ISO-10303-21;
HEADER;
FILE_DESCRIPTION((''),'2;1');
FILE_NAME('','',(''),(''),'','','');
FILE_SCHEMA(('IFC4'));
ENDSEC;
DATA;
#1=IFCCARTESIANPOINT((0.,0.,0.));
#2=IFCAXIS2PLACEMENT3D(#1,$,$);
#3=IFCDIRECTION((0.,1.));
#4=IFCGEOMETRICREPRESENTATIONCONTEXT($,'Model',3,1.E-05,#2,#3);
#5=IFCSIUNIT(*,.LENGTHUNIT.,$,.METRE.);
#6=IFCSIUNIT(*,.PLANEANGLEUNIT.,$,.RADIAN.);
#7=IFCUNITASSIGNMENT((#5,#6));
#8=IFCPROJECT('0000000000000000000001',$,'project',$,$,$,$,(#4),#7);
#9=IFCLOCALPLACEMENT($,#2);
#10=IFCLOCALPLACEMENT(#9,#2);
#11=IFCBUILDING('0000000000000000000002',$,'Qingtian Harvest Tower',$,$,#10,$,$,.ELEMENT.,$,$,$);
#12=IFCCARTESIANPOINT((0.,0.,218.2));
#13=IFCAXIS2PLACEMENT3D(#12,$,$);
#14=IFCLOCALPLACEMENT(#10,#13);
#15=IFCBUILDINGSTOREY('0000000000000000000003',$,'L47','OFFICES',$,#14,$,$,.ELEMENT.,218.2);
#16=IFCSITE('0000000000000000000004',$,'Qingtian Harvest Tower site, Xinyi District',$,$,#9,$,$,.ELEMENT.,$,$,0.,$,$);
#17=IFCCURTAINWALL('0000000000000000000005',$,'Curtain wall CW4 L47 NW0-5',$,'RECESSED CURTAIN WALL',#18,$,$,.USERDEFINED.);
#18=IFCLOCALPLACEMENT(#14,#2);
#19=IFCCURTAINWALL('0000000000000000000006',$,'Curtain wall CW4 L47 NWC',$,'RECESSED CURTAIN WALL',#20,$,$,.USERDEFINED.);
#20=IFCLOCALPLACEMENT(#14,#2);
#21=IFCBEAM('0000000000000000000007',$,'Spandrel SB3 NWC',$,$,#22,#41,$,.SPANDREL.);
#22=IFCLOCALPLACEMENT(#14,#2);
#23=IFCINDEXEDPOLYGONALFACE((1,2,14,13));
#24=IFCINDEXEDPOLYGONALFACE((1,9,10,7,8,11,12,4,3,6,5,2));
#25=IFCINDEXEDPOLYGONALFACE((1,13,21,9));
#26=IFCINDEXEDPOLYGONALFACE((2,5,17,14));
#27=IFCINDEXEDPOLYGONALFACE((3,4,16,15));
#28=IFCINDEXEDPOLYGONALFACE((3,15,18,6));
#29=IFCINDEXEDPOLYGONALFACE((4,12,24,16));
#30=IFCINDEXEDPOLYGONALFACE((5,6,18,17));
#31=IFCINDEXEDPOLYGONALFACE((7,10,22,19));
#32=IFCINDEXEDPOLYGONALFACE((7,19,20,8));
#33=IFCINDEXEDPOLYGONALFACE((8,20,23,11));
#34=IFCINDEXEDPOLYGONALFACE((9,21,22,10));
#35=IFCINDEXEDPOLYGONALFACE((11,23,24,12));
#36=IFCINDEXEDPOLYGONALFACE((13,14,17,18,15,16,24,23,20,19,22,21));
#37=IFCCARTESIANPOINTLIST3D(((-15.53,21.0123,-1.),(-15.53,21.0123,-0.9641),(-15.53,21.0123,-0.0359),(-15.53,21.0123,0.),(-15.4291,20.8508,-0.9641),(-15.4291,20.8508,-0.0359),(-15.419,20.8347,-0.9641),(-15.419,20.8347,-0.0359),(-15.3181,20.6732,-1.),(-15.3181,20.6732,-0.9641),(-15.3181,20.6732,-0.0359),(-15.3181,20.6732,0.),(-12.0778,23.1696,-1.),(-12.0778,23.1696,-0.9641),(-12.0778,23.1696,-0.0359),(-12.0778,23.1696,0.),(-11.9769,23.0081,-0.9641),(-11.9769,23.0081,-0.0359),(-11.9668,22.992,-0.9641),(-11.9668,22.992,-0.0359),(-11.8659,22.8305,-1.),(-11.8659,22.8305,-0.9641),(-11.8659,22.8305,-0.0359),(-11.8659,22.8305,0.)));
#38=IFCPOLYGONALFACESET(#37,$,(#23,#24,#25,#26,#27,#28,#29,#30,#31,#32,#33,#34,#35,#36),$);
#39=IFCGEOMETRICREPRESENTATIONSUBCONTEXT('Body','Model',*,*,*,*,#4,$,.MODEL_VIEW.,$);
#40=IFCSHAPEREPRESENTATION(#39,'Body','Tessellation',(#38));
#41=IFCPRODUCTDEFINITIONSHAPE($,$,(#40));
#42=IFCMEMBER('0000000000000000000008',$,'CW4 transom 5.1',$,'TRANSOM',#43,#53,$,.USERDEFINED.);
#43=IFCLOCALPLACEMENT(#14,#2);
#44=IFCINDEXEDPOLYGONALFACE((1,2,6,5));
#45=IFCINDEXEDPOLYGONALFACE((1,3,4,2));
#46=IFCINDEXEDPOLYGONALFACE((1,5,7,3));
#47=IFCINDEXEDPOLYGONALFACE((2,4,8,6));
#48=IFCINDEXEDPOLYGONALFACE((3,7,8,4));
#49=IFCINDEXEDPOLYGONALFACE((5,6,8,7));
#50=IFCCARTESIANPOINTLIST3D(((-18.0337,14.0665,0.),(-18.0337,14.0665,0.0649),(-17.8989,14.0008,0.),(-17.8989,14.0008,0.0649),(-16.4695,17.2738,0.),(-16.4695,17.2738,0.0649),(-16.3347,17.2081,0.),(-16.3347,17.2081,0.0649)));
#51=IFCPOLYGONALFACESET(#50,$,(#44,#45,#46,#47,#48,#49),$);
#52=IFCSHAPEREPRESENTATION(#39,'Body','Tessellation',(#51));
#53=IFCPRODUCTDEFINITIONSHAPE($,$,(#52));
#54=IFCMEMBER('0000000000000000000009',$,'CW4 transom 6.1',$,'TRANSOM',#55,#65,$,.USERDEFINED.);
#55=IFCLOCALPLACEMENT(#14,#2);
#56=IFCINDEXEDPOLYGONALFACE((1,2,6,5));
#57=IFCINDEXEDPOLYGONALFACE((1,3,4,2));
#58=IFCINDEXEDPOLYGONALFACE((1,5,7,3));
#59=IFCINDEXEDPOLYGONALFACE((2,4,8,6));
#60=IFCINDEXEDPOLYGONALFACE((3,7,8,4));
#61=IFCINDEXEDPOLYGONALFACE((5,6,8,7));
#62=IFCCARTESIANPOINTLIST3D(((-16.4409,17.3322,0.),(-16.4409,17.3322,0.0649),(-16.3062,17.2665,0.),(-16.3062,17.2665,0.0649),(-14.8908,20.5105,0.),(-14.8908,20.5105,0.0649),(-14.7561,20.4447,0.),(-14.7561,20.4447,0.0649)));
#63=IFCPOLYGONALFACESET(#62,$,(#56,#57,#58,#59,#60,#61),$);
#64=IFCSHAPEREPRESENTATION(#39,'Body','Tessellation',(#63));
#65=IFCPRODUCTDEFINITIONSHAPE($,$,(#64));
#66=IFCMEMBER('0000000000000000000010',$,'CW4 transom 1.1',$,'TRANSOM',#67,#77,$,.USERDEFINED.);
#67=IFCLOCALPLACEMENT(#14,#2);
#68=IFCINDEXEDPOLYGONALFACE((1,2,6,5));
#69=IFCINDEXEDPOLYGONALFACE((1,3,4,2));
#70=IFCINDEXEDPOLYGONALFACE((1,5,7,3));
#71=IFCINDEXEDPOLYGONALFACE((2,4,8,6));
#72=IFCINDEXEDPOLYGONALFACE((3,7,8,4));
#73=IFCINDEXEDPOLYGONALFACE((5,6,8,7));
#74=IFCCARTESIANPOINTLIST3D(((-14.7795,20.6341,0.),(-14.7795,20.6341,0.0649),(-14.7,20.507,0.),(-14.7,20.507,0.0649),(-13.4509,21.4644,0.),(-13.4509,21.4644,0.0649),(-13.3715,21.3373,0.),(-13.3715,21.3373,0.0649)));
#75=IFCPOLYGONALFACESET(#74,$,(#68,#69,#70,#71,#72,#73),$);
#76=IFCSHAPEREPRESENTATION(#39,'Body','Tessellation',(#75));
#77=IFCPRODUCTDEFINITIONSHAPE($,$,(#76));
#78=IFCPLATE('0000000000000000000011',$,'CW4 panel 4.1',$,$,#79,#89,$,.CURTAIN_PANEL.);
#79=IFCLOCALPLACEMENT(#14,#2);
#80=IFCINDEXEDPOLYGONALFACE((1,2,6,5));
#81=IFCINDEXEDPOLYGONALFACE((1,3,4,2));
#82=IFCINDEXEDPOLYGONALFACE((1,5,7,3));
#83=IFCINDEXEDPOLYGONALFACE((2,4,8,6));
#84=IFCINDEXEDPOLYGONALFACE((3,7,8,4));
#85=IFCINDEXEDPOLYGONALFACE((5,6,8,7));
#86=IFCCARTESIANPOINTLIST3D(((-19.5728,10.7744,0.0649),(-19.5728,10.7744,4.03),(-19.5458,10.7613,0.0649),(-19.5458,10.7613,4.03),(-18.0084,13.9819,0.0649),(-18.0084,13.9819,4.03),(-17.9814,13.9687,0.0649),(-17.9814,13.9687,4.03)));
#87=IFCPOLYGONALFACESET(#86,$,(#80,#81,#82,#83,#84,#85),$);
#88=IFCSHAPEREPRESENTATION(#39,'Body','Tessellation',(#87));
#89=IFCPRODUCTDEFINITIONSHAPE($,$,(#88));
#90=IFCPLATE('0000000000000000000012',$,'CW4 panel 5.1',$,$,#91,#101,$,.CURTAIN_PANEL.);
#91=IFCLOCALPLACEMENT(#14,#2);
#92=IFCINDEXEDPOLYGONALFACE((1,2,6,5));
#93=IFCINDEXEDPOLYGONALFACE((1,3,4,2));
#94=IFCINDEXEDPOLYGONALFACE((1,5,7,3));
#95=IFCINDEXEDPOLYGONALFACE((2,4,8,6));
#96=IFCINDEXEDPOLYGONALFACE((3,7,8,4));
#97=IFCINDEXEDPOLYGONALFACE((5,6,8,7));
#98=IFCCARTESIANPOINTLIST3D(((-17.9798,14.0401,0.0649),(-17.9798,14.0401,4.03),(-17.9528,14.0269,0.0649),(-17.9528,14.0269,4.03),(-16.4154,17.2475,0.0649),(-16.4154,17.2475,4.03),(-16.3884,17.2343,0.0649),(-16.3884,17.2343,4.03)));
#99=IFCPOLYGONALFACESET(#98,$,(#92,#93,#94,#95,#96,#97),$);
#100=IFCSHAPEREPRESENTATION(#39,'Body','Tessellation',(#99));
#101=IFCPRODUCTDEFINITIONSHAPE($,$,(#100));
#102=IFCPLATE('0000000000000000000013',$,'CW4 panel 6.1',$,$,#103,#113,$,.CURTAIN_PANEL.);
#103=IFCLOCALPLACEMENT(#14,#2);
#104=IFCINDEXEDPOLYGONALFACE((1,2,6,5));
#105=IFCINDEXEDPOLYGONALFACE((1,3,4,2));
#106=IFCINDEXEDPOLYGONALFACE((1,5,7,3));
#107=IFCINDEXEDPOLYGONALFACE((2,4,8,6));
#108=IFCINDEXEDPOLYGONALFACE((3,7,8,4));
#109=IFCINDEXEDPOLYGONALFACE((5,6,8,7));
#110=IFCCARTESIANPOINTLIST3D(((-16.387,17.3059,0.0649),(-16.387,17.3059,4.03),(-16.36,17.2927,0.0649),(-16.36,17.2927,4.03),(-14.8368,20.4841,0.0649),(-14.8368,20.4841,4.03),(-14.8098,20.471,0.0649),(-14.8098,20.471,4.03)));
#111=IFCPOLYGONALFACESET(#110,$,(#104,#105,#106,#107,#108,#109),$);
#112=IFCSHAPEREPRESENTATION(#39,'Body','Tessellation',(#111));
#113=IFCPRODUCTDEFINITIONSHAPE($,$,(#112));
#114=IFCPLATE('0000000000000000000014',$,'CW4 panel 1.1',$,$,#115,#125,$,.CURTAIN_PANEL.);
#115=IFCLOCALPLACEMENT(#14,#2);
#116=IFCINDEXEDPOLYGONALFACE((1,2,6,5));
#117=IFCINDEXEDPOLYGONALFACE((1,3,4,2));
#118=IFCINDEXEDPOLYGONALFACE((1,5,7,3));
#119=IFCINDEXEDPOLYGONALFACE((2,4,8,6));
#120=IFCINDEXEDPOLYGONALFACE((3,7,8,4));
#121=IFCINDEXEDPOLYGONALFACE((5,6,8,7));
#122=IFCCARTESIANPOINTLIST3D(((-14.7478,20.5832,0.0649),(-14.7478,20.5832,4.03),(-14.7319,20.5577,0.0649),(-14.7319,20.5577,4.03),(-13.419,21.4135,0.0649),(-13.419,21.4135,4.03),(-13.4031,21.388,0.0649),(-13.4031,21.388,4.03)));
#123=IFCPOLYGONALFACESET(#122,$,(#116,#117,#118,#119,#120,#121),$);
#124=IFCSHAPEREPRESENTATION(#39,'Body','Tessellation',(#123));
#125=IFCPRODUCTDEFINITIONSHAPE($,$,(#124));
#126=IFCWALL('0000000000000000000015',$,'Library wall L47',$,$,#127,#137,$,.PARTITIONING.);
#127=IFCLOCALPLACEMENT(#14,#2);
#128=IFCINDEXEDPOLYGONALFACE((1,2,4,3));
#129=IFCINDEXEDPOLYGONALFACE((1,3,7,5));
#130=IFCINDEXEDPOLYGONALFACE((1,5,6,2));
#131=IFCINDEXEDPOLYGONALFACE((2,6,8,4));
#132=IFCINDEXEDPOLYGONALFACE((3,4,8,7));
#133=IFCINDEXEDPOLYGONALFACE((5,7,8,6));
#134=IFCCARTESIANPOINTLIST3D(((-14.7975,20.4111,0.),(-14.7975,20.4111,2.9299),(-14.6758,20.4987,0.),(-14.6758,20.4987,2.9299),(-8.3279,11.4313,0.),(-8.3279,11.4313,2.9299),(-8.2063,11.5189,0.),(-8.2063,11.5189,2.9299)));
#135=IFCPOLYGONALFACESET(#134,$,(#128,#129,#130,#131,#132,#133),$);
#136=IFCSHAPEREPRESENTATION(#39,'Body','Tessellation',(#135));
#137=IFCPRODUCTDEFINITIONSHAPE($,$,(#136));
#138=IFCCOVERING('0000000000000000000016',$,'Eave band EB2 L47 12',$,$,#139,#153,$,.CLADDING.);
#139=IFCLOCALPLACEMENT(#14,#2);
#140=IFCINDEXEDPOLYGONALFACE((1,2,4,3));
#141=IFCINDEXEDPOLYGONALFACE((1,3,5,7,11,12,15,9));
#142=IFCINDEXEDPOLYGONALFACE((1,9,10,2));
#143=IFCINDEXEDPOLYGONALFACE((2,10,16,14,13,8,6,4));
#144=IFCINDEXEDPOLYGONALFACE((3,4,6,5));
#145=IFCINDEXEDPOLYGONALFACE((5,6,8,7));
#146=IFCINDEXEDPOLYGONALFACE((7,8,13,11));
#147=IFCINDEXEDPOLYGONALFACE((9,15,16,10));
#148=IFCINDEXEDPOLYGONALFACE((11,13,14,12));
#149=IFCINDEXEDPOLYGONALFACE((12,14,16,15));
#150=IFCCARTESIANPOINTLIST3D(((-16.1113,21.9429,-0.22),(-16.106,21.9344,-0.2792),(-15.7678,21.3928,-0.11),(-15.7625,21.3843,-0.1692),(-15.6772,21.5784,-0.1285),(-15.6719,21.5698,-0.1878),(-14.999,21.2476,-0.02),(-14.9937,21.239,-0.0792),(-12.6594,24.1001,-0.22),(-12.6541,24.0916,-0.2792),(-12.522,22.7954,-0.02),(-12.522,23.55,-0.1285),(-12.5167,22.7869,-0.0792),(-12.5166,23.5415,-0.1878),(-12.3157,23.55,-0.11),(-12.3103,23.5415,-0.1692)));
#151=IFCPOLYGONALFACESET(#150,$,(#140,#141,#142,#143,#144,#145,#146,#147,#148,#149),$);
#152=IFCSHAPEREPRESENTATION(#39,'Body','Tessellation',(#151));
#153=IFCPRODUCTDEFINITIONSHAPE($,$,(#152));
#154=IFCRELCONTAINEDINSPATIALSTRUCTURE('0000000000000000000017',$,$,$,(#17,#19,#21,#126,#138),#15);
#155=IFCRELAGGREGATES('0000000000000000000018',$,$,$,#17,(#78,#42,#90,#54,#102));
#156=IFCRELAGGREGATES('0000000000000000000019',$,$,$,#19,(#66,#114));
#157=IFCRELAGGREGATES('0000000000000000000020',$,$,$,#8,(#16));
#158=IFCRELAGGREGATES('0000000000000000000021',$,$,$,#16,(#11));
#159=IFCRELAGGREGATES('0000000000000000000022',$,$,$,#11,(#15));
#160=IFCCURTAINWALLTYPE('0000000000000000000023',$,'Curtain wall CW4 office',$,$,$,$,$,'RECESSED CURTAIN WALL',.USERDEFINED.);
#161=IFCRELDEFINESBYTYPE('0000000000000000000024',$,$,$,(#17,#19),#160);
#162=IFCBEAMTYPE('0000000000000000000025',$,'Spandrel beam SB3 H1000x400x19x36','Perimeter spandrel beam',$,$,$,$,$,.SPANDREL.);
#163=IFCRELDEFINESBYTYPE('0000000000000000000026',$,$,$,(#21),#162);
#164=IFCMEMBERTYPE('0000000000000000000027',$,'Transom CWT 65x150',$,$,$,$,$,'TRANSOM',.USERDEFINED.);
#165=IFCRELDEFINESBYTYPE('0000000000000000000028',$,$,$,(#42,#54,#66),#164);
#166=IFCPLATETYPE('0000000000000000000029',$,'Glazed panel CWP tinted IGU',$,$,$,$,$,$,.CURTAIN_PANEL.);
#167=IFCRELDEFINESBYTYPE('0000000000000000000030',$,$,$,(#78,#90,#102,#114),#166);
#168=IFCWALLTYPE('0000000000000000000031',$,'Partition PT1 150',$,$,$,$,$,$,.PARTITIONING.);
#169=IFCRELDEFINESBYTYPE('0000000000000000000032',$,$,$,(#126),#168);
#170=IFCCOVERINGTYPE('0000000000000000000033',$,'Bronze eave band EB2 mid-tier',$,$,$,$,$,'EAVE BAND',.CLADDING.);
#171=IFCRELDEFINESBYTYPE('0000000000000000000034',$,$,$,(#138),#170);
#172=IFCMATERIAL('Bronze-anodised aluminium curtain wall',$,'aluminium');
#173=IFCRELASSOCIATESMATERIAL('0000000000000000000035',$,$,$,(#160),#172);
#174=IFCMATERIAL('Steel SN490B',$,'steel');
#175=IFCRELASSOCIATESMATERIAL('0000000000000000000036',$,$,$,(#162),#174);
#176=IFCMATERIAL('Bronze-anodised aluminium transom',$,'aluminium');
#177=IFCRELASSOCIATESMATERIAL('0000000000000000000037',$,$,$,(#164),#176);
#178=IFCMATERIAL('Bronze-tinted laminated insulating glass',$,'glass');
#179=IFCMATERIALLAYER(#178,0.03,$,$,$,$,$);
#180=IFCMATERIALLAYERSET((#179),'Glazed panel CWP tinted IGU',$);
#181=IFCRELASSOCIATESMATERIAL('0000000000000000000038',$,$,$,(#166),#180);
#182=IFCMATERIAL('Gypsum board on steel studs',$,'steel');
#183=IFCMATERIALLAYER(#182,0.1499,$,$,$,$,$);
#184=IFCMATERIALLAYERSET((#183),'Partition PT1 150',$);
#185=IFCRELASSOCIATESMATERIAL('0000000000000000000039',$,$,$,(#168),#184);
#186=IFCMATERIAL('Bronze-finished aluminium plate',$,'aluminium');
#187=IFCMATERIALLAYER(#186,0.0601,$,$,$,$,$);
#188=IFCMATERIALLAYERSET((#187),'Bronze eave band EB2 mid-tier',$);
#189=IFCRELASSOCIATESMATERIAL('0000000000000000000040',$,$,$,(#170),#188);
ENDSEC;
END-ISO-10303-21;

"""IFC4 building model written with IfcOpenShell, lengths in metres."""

from ifc_helpers import new_model, si_unit, direction, frame, frame_2d, origin, origin_2d, place, context, subcontext, project, spatial, polyline, rectangle, i_section, outline, extrude, material, layer, layer_set, material_profile, profile_set, type_object, element, aggregate, save


model = new_model("IFC4")

# Units and contexts
model_context = context("Model", 3, precision=1e-05, world=origin(), true_north=direction((0.0, 1.0)))
body_context = subcontext(model_context, "Body", "Model", "MODEL_VIEW")
ifc_project = project(units=[si_unit("LENGTHUNIT", "METRE"), si_unit("PLANEANGLEUNIT", "RADIAN")], contexts=[model_context])

# Site, building, storey
site_placement = place(None, origin())
site = spatial("IfcSite", under=ifc_project, at=site_placement, Name="Qingtian Harvest Tower site, Xinyi District", CompositionType="ELEMENT", RefElevation=0.0)
building_placement = place(site_placement, origin())
building = spatial("IfcBuilding", under=site, at=building_placement, Name="Qingtian Harvest Tower", CompositionType="ELEMENT")
storey_placement = place(building_placement, frame((0.0, 0.0, 218.2)))
storey = spatial("IfcBuildingStorey", under=building, at=storey_placement, Name="L47", Description="OFFICES", CompositionType="ELEMENT", Elevation=218.2)

# Curtain walls
ifc_material_1 = material(Name="Bronze-anodised aluminium curtain wall", Category="aluminium")
curtain_wall_type = type_object("IfcCurtainWallType", Name="Curtain wall CW4 office", ElementType="RECESSED CURTAIN WALL", PredefinedType="USERDEFINED", material=ifc_material_1)
curtain_wall_1_placement = place(storey_placement, origin())
curtain_wall_1 = element("IfcCurtainWall", 1, at=curtain_wall_1_placement, inside=storey, type_object=curtain_wall_type, Name="Curtain wall CW4 L47 NW0-5", ObjectType="RECESSED CURTAIN WALL", PredefinedType="USERDEFINED")
curtain_wall_2_placement = place(storey_placement, origin())
curtain_wall_2 = element("IfcCurtainWall", 2, at=curtain_wall_2_placement, inside=storey, type_object=curtain_wall_type, Name="Curtain wall CW4 L47 NWC", ObjectType="RECESSED CURTAIN WALL", PredefinedType="USERDEFINED")

# Beam
ifc_material_2 = material(Name="Steel SN490B", Category="steel")
ifc_material_profile_1 = material_profile(ifc_material_2, i_section(OverallWidth=0.3999, OverallDepth=1.0, WebThickness=0.019, FlangeThickness=0.0359, at=origin_2d()), Name="H1000x400x19x36")
ifc_profile_set_1 = profile_set([ifc_material_profile_1], Name="Steel SN490B")
beam_type_1 = type_object("IfcBeamType", Name="Spandrel beam SB3 H1000x400x19x36", Description="Perimeter spandrel beam", PredefinedType="SPANDREL", material=ifc_profile_set_1)
beam_1_placement = place(storey_placement, frame((-15.4241, 20.8428, -0.5), z_axis=(0.848039, 0.529934, 0.0), x_axis=(-0.529934, 0.848039, 0.0)))
element("IfcBeam", 3, at=beam_1_placement, inside=storey, type_object=beam_type_1, Name="Spandrel SB3 NWC", PredefinedType="SPANDREL", context=body_context, shape_type="SweptSolid", body=[
    extrude(i_section(OverallWidth=0.3999, OverallDepth=1.0, WebThickness=0.019, FlangeThickness=0.0359, at=origin_2d()), origin(), (0.0, 0.0, 1.0), 4.0708),
])

# Members
ifc_material_3 = material(Name="Bronze-anodised aluminium transom", Category="aluminium")
ifc_material_profile_2 = material_profile(ifc_material_3, rectangle(XDim=0.1499, YDim=0.0649, at=origin_2d()), Name="AL 65x150")
ifc_profile_set_2 = profile_set([ifc_material_profile_2], Name="Bronze-anodised aluminium transom")
member_type_1 = type_object("IfcMemberType", Name="Transom CWT 65x150", ElementType="TRANSOM", PredefinedType="USERDEFINED", material=ifc_profile_set_2)
member_1_placement = place(storey_placement, frame((-17.9663, 14.0337, 0.0325), z_axis=(0.438352, 0.898803, 0.0), x_axis=(-0.898803, 0.438352, 0.0)))
member_1 = element("IfcMember", 4, at=member_1_placement, type_object=member_type_1, Name="CW4 transom 5.1", ObjectType="TRANSOM", PredefinedType="USERDEFINED", context=body_context, shape_type="SweptSolid", body=[
    extrude(rectangle(XDim=0.1499, YDim=0.0649, at=origin_2d()), origin(), (0.0, 0.0, 1.0), 3.5684),
])
member_2_placement = place(storey_placement, frame((-16.3735, 17.2993, 0.0325), z_axis=(0.438354, 0.898802, 0.0), x_axis=(-0.898802, 0.438354, 0.0)))
member_2 = element("IfcMember", 5, at=member_2_placement, type_object=member_type_1, Name="CW4 transom 6.1", ObjectType="TRANSOM", PredefinedType="USERDEFINED", context=body_context, shape_type="SweptSolid", body=[
    extrude(rectangle(XDim=0.1499, YDim=0.0649, at=origin_2d()), origin(), (0.0, 0.0, 1.0), 3.5361),
])
member_3_placement = place(storey_placement, frame((-14.7397, 20.5706, 0.0325), z_axis=(0.848016, 0.529971, 0.0), x_axis=(-0.529971, 0.848016, 0.0)))
member_3 = element("IfcMember", 6, at=member_3_placement, type_object=member_type_1, Name="CW4 transom 1.1", ObjectType="TRANSOM", PredefinedType="USERDEFINED", context=body_context, shape_type="SweptSolid", body=[
    extrude(rectangle(XDim=0.1499, YDim=0.0649, at=origin_2d()), origin(), (0.0, 0.0, 1.0), 1.5667),
])

# Plates
ifc_material_4 = material(Name="Bronze-tinted laminated insulating glass", Category="glass")
ifc_layer_1 = layer(ifc_material_4, 0.03)
ifc_layer_set_1 = layer_set([ifc_layer_1], Name="Glazed panel CWP tinted IGU")
plate_type = type_object("IfcPlateType", Name="Glazed panel CWP tinted IGU", PredefinedType="CURTAIN_PANEL", material=ifc_layer_set_1)
plate_1_placement = place(storey_placement, frame((-18.7771, 12.3716, 0.0649), z_axis=(0.0, 0.0, 1.0), x_axis=(0.438371, 0.898794, 0.0)))
plate_1 = element("IfcPlate", 7, at=plate_1_placement, type_object=plate_type, Name="CW4 panel 4.1", PredefinedType="CURTAIN_PANEL", context=body_context, shape_type="SweptSolid", body=[
    extrude(rectangle(XDim=3.5686, YDim=0.03, at=origin_2d()), origin(), (0.0, 0.0, 1.0), 3.9651),
])
plate_2_placement = place(storey_placement, frame((-17.1841, 15.6372, 0.0649), z_axis=(0.0, 0.0, 1.0), x_axis=(0.438371, 0.898794, 0.0)))
plate_2 = element("IfcPlate", 8, at=plate_2_placement, type_object=plate_type, Name="CW4 panel 5.1", PredefinedType="CURTAIN_PANEL", context=body_context, shape_type="SweptSolid", body=[
    extrude(rectangle(XDim=3.5686, YDim=0.03, at=origin_2d()), origin(), (0.0, 0.0, 1.0), 3.9651),
])
plate_3_placement = place(storey_placement, frame((-15.5984, 18.8884, 0.0649), z_axis=(0.0, 0.0, 1.0), x_axis=(0.438371, 0.898794, 0.0)))
plate_3 = element("IfcPlate", 9, at=plate_3_placement, type_object=plate_type, Name="CW4 panel 6.1", PredefinedType="CURTAIN_PANEL", context=body_context, shape_type="SweptSolid", body=[
    extrude(rectangle(XDim=3.5361, YDim=0.03, at=origin_2d()), origin(), (0.0, 0.0, 1.0), 3.9651),
])
aggregate(curtain_wall_1, [plate_1, member_1, plate_2, member_2, plate_3])
plate_4_placement = place(storey_placement, frame((-14.0754, 20.9856, 0.0649), z_axis=(0.0, 0.0, 1.0), x_axis=(0.848048, 0.529919, 0.0)))
plate_4 = element("IfcPlate", 10, at=plate_4_placement, type_object=plate_type, Name="CW4 panel 1.1", PredefinedType="CURTAIN_PANEL", context=body_context, shape_type="SweptSolid", body=[
    extrude(rectangle(XDim=1.5669, YDim=0.03, at=origin_2d()), origin(), (0.0, 0.0, 1.0), 3.9651),
])
aggregate(curtain_wall_2, [member_3, plate_4])

# Shared definitions
ifc_material_5 = material(Name="Gypsum board on steel studs", Category="steel")
ifc_layer_2 = layer(ifc_material_5, 0.1499)
ifc_layer_set_2 = layer_set([ifc_layer_2], Name="Partition PT1 150")
wall_type = type_object("IfcWallType", Name="Partition PT1 150", PredefinedType="PARTITIONING", material=ifc_layer_set_2)

# Wall
wall_1_placement = place(storey_placement, frame((-14.7366, 20.4548, 0.0), z_axis=(0.0, 0.0, 1.0), x_axis=(0.584547, -0.81136, 0.0)))
element("IfcWall", 11, at=wall_1_placement, inside=storey, type_object=wall_type, Name="Library wall L47", PredefinedType="PARTITIONING", context=body_context, shape_type="SweptSolid", body=[
    extrude(rectangle(XDim=11.0676, YDim=0.1499, at=frame_2d((5.5337, 0.0))), origin(), (0.0, 0.0, 1.0), 2.9299),
])

# Covering
ifc_material_6 = material(Name="Bronze-finished aluminium plate", Category="aluminium")
ifc_layer_3 = layer(ifc_material_6, 0.0601)
ifc_layer_set_3 = layer_set([ifc_layer_3], Name="Bronze eave band EB2 mid-tier")
covering_type = type_object("IfcCoveringType", Name="Bronze eave band EB2 mid-tier", ElementType="EAVE BAND", PredefinedType="CLADDING", material=ifc_layer_set_3)
covering_placement = place(storey_placement, frame((-14.999, 21.2476, -0.02), z_axis=(-0.088606, 0.141793, 0.985923), x_axis=(-0.889637, 0.433913, -0.142357)))
element("IfcCovering", 12, at=covering_placement, inside=storey, type_object=covering_type, Name="Eave band EB2 L47 12", PredefinedType="CLADDING", context=body_context, shape_type="SweptSolid", body=[
    extrude(outline(polyline([(0.0, 0.0), (0.7623, 0.0), (0.7598, 0.2073), (1.3197, -0.1379), (-0.8152, -3.6036), (-1.3753, -3.2586), (-1.1892, -3.1678), (-1.532, -2.4869), (0.0, 0.0)])), origin(), (0.0, 0.0, -1.0), 0.0601),
])

save(model, "model.ifc")
